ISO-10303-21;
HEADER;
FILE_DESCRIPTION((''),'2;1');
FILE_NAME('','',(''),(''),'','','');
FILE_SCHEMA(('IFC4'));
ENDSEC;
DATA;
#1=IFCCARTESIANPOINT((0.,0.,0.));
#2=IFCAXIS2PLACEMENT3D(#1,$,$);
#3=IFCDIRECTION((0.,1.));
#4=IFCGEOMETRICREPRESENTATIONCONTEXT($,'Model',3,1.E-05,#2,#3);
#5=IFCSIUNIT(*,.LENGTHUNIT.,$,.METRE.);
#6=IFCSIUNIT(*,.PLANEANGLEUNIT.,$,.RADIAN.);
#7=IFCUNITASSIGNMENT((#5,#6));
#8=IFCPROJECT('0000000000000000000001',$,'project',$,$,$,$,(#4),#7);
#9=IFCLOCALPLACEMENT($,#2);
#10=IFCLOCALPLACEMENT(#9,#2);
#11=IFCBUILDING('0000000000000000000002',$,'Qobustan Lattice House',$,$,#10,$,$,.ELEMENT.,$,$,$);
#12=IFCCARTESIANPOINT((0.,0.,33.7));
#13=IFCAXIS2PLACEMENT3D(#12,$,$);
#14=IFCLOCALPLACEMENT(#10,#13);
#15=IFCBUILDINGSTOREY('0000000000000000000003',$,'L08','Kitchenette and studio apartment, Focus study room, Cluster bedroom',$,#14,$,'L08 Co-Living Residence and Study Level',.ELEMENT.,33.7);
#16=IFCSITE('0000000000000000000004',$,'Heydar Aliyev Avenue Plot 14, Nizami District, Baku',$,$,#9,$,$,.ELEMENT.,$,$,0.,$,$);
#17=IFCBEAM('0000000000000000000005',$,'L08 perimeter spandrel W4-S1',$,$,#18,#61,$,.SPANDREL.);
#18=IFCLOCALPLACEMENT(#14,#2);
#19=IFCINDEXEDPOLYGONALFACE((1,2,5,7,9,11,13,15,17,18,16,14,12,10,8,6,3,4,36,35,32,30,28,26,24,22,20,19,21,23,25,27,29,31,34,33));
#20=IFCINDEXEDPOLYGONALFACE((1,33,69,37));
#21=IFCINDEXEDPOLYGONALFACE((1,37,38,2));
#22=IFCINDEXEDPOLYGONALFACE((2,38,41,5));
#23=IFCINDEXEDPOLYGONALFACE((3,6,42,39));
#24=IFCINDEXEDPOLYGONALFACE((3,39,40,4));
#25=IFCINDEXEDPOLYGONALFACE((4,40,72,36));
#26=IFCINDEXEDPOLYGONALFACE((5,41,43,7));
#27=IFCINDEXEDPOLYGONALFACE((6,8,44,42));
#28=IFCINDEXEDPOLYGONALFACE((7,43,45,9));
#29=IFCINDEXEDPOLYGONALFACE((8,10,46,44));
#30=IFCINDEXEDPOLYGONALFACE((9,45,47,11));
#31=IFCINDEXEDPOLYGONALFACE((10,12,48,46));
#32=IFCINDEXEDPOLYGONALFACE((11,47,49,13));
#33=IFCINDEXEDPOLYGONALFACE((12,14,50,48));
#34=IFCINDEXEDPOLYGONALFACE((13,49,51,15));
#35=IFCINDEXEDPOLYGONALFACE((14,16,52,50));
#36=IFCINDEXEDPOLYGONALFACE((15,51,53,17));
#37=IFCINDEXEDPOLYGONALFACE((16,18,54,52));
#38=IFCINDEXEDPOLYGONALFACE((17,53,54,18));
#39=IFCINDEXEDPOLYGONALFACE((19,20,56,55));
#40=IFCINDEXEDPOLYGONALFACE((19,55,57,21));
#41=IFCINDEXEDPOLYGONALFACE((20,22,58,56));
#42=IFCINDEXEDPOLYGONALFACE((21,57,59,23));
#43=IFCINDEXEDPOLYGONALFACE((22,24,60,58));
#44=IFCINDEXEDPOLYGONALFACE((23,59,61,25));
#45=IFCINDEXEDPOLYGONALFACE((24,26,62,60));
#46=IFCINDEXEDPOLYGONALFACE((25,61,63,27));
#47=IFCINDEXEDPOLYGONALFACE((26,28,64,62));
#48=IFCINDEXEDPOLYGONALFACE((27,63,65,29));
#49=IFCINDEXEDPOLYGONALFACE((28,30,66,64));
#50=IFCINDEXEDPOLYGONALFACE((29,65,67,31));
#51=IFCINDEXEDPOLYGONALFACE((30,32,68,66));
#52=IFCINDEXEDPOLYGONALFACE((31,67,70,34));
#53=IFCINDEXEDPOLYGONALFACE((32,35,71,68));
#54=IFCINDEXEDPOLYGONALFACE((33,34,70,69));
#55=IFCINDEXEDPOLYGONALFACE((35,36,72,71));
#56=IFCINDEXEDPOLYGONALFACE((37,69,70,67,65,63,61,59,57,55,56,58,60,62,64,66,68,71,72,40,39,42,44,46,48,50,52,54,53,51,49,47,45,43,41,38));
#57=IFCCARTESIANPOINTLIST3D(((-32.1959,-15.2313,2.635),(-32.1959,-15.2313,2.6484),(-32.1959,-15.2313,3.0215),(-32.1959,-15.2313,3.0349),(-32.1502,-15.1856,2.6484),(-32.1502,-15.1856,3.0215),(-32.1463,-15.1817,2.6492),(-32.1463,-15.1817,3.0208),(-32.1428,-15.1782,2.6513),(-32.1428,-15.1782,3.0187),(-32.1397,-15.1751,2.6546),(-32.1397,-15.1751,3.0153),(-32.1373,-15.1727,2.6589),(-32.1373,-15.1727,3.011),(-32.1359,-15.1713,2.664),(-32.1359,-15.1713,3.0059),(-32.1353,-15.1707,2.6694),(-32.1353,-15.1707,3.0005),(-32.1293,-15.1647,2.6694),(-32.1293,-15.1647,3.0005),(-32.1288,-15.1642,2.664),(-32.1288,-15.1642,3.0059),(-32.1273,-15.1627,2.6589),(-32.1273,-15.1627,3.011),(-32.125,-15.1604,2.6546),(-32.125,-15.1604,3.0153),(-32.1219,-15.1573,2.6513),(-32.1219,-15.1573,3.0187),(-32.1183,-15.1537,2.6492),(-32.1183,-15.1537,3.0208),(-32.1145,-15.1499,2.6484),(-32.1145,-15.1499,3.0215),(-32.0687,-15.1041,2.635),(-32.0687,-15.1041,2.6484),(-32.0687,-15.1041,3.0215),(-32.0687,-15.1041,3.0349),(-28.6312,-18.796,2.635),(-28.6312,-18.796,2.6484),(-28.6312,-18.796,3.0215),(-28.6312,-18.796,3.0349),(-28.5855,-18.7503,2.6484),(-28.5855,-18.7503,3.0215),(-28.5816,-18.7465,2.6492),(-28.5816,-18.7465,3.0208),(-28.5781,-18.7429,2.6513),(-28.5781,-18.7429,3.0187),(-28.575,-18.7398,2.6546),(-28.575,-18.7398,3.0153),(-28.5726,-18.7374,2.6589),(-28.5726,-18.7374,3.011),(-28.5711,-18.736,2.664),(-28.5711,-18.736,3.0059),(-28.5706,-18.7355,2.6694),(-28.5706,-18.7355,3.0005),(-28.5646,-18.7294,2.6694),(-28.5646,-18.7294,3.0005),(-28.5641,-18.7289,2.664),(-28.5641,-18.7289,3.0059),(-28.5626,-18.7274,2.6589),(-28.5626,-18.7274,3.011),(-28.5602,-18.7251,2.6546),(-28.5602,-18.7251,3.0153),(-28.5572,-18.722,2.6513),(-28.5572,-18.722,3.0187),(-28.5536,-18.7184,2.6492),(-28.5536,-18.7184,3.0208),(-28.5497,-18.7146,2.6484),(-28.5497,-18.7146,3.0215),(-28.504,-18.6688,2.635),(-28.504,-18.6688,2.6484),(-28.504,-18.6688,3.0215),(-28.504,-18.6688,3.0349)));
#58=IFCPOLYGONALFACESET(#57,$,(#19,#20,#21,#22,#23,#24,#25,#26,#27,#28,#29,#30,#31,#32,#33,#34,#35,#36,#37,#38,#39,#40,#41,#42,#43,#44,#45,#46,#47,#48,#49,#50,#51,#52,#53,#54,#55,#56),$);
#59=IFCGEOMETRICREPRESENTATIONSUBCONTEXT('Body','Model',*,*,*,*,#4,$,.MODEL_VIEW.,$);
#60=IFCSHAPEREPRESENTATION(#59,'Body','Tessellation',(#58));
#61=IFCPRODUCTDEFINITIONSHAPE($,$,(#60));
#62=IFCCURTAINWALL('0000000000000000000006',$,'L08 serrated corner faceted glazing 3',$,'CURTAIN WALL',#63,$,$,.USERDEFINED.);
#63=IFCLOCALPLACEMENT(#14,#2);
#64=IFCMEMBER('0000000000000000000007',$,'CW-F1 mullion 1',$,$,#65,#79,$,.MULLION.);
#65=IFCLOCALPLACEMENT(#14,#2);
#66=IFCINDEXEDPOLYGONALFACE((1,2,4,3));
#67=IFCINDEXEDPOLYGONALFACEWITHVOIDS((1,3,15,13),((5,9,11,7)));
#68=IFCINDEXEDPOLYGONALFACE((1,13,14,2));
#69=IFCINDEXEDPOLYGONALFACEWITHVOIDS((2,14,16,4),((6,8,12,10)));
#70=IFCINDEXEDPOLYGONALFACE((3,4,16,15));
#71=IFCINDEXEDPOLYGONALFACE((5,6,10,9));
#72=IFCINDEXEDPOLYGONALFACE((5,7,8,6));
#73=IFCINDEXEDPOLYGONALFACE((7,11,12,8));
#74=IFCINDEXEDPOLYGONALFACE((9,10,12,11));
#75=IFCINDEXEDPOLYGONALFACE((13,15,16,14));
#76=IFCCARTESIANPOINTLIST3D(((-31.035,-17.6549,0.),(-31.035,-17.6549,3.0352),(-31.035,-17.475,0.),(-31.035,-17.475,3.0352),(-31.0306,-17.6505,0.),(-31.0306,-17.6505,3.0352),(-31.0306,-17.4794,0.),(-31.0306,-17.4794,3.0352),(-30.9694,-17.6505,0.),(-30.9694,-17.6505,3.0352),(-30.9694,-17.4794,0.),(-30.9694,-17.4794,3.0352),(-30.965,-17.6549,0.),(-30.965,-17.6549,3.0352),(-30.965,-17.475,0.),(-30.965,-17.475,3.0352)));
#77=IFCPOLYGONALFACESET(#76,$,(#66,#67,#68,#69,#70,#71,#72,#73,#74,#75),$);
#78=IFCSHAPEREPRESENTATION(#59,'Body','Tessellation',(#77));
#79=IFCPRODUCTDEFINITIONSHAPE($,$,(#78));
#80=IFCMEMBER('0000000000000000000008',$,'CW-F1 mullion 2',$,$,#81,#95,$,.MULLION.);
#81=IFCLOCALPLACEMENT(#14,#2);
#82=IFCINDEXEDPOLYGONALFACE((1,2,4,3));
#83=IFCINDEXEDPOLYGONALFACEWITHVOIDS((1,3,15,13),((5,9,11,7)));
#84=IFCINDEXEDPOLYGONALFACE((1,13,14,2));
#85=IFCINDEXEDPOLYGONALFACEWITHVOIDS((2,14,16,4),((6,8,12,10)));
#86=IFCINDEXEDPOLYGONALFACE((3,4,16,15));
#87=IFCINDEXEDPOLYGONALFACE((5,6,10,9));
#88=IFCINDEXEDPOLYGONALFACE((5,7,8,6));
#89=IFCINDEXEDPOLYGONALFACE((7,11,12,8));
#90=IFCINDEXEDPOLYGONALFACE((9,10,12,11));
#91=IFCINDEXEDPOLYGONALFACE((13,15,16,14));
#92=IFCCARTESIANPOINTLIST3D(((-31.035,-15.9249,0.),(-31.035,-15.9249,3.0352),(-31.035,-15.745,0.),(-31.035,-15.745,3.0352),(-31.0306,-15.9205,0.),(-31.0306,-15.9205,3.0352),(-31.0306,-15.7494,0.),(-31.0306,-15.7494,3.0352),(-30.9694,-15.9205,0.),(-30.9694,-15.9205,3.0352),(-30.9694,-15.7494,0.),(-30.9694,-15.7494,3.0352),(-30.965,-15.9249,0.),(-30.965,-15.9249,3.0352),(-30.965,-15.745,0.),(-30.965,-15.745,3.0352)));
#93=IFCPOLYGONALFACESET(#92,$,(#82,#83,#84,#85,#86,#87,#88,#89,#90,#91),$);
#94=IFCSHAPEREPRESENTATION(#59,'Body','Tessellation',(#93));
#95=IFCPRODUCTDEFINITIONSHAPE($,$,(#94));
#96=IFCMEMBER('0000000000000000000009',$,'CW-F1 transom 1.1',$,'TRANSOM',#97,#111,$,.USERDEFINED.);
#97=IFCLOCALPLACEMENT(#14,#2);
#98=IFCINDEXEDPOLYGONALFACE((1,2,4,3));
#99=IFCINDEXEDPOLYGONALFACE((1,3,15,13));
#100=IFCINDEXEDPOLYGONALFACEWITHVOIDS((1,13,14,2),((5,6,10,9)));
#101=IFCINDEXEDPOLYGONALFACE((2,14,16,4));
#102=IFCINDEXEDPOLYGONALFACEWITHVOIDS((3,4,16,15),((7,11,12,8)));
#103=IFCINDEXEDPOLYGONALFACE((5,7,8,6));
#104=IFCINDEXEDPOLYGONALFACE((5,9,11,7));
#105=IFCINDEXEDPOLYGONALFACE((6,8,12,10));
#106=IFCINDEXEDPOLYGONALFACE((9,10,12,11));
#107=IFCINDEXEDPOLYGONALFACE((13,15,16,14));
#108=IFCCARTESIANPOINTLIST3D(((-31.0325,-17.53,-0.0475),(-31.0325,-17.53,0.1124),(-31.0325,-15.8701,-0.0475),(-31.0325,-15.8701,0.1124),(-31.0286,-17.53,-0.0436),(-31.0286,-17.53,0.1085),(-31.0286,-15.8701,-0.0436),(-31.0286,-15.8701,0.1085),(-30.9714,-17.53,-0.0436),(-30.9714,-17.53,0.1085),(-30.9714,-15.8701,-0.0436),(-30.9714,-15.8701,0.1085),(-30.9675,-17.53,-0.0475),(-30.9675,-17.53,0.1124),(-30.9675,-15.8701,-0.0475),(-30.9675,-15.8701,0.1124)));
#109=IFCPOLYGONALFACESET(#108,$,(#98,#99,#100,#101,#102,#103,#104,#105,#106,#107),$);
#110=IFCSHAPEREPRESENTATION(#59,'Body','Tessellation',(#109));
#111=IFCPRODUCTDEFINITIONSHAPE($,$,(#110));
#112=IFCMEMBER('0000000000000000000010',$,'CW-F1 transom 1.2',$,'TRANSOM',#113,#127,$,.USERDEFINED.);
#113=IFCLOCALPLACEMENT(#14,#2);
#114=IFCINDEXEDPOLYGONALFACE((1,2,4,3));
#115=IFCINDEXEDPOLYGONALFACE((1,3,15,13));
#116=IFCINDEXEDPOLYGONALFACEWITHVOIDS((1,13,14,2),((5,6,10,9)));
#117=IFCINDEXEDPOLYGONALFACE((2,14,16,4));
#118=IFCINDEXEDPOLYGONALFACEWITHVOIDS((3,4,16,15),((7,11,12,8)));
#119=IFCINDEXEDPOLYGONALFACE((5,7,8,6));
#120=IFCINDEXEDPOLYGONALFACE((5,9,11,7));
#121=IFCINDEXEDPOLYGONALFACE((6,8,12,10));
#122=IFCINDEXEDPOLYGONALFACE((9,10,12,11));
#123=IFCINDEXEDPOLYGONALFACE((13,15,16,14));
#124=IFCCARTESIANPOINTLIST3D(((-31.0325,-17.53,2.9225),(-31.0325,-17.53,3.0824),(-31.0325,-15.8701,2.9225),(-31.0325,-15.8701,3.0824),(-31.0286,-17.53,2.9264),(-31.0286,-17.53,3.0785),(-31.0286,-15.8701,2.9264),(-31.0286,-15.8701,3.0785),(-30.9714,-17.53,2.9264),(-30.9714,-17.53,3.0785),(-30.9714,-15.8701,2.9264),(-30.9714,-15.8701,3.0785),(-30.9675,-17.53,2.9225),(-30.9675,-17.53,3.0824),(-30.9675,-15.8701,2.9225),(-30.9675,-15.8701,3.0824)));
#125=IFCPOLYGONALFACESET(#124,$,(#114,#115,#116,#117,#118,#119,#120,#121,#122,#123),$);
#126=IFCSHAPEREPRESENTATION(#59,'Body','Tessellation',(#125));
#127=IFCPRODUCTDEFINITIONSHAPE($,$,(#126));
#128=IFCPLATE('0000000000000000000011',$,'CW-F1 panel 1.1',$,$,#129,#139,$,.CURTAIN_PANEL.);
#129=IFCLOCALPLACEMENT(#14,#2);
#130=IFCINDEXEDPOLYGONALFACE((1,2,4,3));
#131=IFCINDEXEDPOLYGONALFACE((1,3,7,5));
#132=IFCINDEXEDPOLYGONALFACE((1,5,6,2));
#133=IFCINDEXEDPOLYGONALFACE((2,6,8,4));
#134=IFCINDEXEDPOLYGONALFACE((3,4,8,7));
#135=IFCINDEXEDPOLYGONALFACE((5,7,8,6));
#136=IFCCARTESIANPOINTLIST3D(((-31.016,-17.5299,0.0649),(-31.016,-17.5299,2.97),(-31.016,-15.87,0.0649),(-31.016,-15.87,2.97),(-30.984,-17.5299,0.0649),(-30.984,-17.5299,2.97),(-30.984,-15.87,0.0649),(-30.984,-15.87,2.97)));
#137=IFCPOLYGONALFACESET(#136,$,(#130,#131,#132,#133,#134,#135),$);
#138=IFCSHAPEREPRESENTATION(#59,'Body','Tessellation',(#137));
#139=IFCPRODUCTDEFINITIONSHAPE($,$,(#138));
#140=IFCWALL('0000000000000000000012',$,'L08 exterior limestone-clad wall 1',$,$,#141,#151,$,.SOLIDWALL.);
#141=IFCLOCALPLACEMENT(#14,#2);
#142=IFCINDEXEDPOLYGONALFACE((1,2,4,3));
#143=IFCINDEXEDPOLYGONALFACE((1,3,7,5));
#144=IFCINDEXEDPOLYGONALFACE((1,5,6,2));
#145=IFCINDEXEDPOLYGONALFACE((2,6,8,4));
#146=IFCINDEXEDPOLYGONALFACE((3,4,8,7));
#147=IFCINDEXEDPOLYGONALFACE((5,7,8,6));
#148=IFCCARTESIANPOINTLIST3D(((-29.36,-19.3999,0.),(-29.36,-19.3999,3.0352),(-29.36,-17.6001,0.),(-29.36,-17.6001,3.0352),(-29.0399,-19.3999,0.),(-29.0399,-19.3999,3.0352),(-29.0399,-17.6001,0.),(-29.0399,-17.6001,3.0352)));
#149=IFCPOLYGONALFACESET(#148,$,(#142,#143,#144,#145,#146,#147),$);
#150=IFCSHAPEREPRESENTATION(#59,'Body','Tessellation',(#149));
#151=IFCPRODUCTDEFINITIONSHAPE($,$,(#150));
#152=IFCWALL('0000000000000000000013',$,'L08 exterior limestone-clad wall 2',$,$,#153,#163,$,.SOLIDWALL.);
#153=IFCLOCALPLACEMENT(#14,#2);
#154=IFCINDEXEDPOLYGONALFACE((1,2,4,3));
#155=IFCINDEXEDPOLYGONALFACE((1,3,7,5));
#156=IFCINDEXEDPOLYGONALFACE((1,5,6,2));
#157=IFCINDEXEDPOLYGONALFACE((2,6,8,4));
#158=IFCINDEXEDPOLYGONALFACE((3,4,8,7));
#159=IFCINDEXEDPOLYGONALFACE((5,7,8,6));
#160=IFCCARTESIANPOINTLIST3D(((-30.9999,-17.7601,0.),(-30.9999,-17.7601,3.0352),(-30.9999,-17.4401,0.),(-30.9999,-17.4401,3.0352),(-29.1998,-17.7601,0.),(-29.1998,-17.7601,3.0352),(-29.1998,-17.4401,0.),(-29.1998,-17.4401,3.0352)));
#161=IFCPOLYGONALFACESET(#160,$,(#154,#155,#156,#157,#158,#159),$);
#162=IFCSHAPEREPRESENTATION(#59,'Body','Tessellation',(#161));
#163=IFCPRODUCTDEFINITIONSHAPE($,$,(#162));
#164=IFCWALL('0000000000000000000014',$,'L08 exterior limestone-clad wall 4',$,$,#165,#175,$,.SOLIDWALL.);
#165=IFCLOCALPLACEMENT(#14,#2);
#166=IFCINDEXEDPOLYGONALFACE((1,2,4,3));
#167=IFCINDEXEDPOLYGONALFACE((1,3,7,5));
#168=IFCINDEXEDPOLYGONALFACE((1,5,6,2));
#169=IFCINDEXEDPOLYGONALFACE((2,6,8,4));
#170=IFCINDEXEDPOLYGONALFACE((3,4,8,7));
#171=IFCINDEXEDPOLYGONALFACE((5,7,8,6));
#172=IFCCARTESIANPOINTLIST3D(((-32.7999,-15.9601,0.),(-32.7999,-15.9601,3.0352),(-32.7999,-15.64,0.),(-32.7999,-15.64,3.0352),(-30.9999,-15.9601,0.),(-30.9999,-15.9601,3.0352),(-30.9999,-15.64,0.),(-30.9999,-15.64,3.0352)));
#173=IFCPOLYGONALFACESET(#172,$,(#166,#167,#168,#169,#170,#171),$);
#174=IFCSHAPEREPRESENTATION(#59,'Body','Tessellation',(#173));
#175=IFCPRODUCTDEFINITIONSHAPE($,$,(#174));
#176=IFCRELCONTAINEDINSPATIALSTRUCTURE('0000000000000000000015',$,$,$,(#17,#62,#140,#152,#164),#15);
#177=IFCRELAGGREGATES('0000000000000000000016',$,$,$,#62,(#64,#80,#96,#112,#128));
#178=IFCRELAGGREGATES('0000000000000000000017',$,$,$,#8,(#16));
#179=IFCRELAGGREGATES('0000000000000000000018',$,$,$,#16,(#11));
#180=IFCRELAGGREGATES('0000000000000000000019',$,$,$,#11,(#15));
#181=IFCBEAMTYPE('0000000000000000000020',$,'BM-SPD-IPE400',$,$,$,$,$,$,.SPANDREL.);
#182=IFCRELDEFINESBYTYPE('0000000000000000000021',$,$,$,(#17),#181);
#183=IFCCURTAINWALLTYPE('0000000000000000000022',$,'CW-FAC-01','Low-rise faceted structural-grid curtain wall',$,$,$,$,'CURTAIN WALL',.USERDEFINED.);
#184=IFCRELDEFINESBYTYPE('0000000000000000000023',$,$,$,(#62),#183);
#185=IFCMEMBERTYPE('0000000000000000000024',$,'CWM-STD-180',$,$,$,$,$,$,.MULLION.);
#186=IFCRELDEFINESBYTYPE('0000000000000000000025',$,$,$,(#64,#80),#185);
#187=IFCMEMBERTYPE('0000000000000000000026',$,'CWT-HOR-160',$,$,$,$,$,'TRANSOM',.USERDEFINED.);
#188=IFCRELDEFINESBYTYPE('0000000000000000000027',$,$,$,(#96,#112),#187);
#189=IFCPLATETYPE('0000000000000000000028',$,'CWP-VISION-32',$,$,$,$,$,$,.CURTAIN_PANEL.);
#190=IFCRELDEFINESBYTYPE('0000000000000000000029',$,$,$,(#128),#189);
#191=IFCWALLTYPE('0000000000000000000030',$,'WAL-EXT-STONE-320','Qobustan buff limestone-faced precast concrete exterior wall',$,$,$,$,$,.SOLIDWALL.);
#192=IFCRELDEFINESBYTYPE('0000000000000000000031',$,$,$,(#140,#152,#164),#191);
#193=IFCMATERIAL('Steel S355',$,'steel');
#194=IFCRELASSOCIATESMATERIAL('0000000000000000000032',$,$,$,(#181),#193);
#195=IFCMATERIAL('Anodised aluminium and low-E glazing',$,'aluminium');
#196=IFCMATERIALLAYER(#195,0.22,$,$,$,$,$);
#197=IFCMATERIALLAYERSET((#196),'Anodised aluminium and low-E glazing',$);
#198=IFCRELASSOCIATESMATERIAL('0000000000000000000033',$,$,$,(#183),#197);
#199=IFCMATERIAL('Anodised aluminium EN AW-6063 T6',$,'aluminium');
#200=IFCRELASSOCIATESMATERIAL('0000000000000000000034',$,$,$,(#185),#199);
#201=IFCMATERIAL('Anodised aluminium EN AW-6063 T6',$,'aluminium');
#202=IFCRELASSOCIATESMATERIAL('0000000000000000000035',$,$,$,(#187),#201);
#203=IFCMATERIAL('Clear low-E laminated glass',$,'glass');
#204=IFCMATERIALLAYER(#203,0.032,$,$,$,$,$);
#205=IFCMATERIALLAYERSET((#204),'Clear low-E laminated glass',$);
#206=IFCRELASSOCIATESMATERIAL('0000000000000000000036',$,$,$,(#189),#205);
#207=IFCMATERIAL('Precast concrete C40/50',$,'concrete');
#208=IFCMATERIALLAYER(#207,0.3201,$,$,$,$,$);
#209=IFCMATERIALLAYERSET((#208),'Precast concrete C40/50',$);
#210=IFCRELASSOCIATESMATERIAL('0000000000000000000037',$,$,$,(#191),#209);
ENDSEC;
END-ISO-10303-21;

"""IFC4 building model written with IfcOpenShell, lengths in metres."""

from ifc_helpers import new_model, si_unit, direction, frame, frame_2d, origin, origin_2d, place, context, subcontext, project, spatial, rectangle, hollow_rectangle, i_section, extrude, material, layer, layer_set, material_profile, profile_set, type_object, element, aggregate, save


model = new_model("IFC4")

# Units and contexts
model_context = context("Model", 3, precision=1e-05, world=origin(), true_north=direction((0.0, 1.0)))
body_context = subcontext(model_context, "Body", "Model", "MODEL_VIEW")
ifc_project = project(units=[si_unit("LENGTHUNIT", "METRE"), si_unit("PLANEANGLEUNIT", "RADIAN")], contexts=[model_context])

# Site, building, storey
site_placement = place(None, origin())
site = spatial("IfcSite", under=ifc_project, at=site_placement, Name="Heydar Aliyev Avenue Plot 14, Nizami District, Baku", CompositionType="ELEMENT", RefElevation=0.0)
building_placement = place(site_placement, origin())
building = spatial("IfcBuilding", under=site, at=building_placement, Name="Qobustan Lattice House", CompositionType="ELEMENT")
storey_placement = place(building_placement, frame((0.0, 0.0, 33.7)))
storey = spatial("IfcBuildingStorey", under=building, at=storey_placement, Name="L08", Description="Kitchenette and studio apartment, Focus study room, Cluster bedroom", LongName="L08 Co-Living Residence and Study Level", CompositionType="ELEMENT", Elevation=33.7)

# Beam
ifc_material_1 = material(Name="Steel S355", Category="steel")
ifc_material_profile_1 = material_profile(ifc_material_1, i_section(OverallWidth=0.1799, OverallDepth=0.3999, WebThickness=0.0085, FlangeThickness=0.0134, FilletRadius=0.021, at=origin_2d()), Name="IPE400")
ifc_profile_set_1 = profile_set([ifc_material_profile_1], Name="Steel S355")
beam_type_1 = type_object("IfcBeamType", Name="BM-SPD-IPE400", PredefinedType="SPANDREL", material=ifc_profile_set_1)
beam_1_placement = place(storey_placement, frame((-32.1323, -15.1677, 2.835), z_axis=(0.707107, -0.707107, 0.0), x_axis=(0.707107, 0.707107, 0.0)))
element("IfcBeam", 1, at=beam_1_placement, inside=storey, type_object=beam_type_1, Name="L08 perimeter spandrel W4-S1", PredefinedType="SPANDREL", context=body_context, shape_type="SweptSolid", body=[
    extrude(i_section(OverallWidth=0.1799, OverallDepth=0.3999, WebThickness=0.0085, FlangeThickness=0.0134, FilletRadius=0.021, at=origin_2d()), origin(), (0.0, 0.0, 1.0), 5.0413),
])

# Curtain wall, members, plate
ifc_material_2 = material(Name="Anodised aluminium and low-E glazing", Category="aluminium")
ifc_layer_1 = layer(ifc_material_2, 0.22)
ifc_layer_set_1 = layer_set([ifc_layer_1], Name="Anodised aluminium and low-E glazing")
curtain_wall_type = type_object("IfcCurtainWallType", Name="CW-FAC-01", Description="Low-rise faceted structural-grid curtain wall", ElementType="CURTAIN WALL", PredefinedType="USERDEFINED", material=ifc_layer_set_1)
curtain_wall_placement = place(storey_placement, origin())
curtain_wall = element("IfcCurtainWall", 2, at=curtain_wall_placement, inside=storey, type_object=curtain_wall_type, Name="L08 serrated corner faceted glazing 3", ObjectType="CURTAIN WALL", PredefinedType="USERDEFINED")
ifc_material_3 = material(Name="Anodised aluminium EN AW-6063 T6", Category="aluminium")
ifc_material_profile_2 = material_profile(ifc_material_3, hollow_rectangle(XDim=0.0701, YDim=0.1799, WallThickness=0.0044, at=origin_2d()), Name="CWM-180x70")
ifc_profile_set_2 = profile_set([ifc_material_profile_2], Name="Anodised aluminium EN AW-6063 T6")
member_type_1 = type_object("IfcMemberType", Name="CWM-STD-180", PredefinedType="MULLION", material=ifc_profile_set_2)
member_1_placement = place(storey_placement, frame((-31.0, -17.5649, 0.0), z_axis=(0.0, 0.0, 1.0), x_axis=(-1.0, 0.0, 0.0)))
member_1 = element("IfcMember", 3, at=member_1_placement, type_object=member_type_1, Name="CW-F1 mullion 1", PredefinedType="MULLION", context=body_context, shape_type="SweptSolid", body=[
    extrude(hollow_rectangle(XDim=0.0701, YDim=0.1799, WallThickness=0.0044, at=origin_2d()), origin(), (0.0, 0.0, 1.0), 3.0352),
])
member_2_placement = place(storey_placement, frame((-31.0, -15.835, 0.0), z_axis=(0.0, 0.0, 1.0), x_axis=(-1.0, 0.0, 0.0)))
member_2 = element("IfcMember", 4, at=member_2_placement, type_object=member_type_1, Name="CW-F1 mullion 2", PredefinedType="MULLION", context=body_context, shape_type="SweptSolid", body=[
    extrude(hollow_rectangle(XDim=0.0701, YDim=0.1799, WallThickness=0.0044, at=origin_2d()), origin(), (0.0, 0.0, 1.0), 3.0352),
])
ifc_material_4 = material(Name="Anodised aluminium EN AW-6063 T6", Category="aluminium")
ifc_material_profile_3 = material_profile(ifc_material_4, hollow_rectangle(XDim=0.0649, YDim=0.1599, WallThickness=0.0039, at=origin_2d()), Name="CWT-160x65")
ifc_profile_set_3 = profile_set([ifc_material_profile_3], Name="Anodised aluminium EN AW-6063 T6")
member_type_2 = type_object("IfcMemberType", Name="CWT-HOR-160", ElementType="TRANSOM", PredefinedType="USERDEFINED", material=ifc_profile_set_3)
member_3_placement = place(storey_placement, frame((-31.0, -17.53, 0.0325), z_axis=(0.0, 1.0, 0.0), x_axis=(-1.0, 0.0, 0.0)))
member_3 = element("IfcMember", 5, at=member_3_placement, type_object=member_type_2, Name="CW-F1 transom 1.1", ObjectType="TRANSOM", PredefinedType="USERDEFINED", context=body_context, shape_type="SweptSolid", body=[
    extrude(hollow_rectangle(XDim=0.0649, YDim=0.1599, WallThickness=0.0039, at=origin_2d()), origin(), (0.0, 0.0, 1.0), 1.6599),
])
member_4_placement = place(storey_placement, frame((-31.0, -17.53, 3.0024), z_axis=(0.0, 1.0, 0.0), x_axis=(-1.0, 0.0, 0.0)))
member_4 = element("IfcMember", 6, at=member_4_placement, type_object=member_type_2, Name="CW-F1 transom 1.2", ObjectType="TRANSOM", PredefinedType="USERDEFINED", context=body_context, shape_type="SweptSolid", body=[
    extrude(hollow_rectangle(XDim=0.0649, YDim=0.1599, WallThickness=0.0039, at=origin_2d()), origin(), (0.0, 0.0, 1.0), 1.6599),
])
ifc_material_5 = material(Name="Clear low-E laminated glass", Category="glass")
ifc_layer_2 = layer(ifc_material_5, 0.032)
ifc_layer_set_2 = layer_set([ifc_layer_2], Name="Clear low-E laminated glass")
plate_type = type_object("IfcPlateType", Name="CWP-VISION-32", PredefinedType="CURTAIN_PANEL", material=ifc_layer_set_2)
plate_placement = place(storey_placement, frame((-31.0, -16.7, 0.0649), z_axis=(0.0, 0.0, 1.0), x_axis=(0.0, 1.0, 0.0)))
plate = element("IfcPlate", 7, at=plate_placement, type_object=plate_type, Name="CW-F1 panel 1.1", PredefinedType="CURTAIN_PANEL", context=body_context, shape_type="SweptSolid", body=[
    extrude(rectangle(XDim=1.6599, YDim=0.032, at=origin_2d()), origin(), (0.0, 0.0, 1.0), 2.905),
])
aggregate(curtain_wall, [member_1, member_2, member_3, member_4, plate])

# Walls
ifc_material_6 = material(Name="Precast concrete C40/50", Category="concrete")
ifc_layer_3 = layer(ifc_material_6, 0.3201)
ifc_layer_set_3 = layer_set([ifc_layer_3], Name="Precast concrete C40/50")
wall_type = type_object("IfcWallType", Name="WAL-EXT-STONE-320", Description="Qobustan buff limestone-faced precast concrete exterior wall", PredefinedType="SOLIDWALL", material=ifc_layer_set_3)
wall_1_placement = place(storey_placement, frame((-29.2, -19.3999, 0.0), z_axis=(0.0, 0.0, 1.0), x_axis=(0.0, 1.0, 0.0)))
element("IfcWall", 8, at=wall_1_placement, inside=storey, type_object=wall_type, Name="L08 exterior limestone-clad wall 1", PredefinedType="SOLIDWALL", context=body_context, shape_type="SweptSolid", body=[
    extrude(rectangle(XDim=1.7998, YDim=0.3201, at=frame_2d((0.8999, 0.0))), origin(), (0.0, 0.0, 1.0), 3.0352),
])
for number, where, z_axis, x_axis, name in (
    (9, (-29.2, -17.6001, 0.0), (0.0, 0.0, 1.0), (-1.0, 0.0, 0.0), "L08 exterior limestone-clad wall 2"),
    (10, (-31.0, -15.8, 0.0), (0.0, 0.0, 1.0), (-1.0, 0.0, 0.0), "L08 exterior limestone-clad wall 4"),
):
    element("IfcWall", number, at=place(storey_placement, frame(where, z_axis=z_axis, x_axis=x_axis)), inside=storey, type_object=wall_type, Name=name, PredefinedType="SOLIDWALL", context=body_context, shape_type="SweptSolid", body=[
        extrude(rectangle(XDim=1.8, YDim=0.3201, at=frame_2d((0.8999, 0.0))), origin(), (0.0, 0.0, 1.0), 3.0352),
    ])

save(model, "model.ifc")
